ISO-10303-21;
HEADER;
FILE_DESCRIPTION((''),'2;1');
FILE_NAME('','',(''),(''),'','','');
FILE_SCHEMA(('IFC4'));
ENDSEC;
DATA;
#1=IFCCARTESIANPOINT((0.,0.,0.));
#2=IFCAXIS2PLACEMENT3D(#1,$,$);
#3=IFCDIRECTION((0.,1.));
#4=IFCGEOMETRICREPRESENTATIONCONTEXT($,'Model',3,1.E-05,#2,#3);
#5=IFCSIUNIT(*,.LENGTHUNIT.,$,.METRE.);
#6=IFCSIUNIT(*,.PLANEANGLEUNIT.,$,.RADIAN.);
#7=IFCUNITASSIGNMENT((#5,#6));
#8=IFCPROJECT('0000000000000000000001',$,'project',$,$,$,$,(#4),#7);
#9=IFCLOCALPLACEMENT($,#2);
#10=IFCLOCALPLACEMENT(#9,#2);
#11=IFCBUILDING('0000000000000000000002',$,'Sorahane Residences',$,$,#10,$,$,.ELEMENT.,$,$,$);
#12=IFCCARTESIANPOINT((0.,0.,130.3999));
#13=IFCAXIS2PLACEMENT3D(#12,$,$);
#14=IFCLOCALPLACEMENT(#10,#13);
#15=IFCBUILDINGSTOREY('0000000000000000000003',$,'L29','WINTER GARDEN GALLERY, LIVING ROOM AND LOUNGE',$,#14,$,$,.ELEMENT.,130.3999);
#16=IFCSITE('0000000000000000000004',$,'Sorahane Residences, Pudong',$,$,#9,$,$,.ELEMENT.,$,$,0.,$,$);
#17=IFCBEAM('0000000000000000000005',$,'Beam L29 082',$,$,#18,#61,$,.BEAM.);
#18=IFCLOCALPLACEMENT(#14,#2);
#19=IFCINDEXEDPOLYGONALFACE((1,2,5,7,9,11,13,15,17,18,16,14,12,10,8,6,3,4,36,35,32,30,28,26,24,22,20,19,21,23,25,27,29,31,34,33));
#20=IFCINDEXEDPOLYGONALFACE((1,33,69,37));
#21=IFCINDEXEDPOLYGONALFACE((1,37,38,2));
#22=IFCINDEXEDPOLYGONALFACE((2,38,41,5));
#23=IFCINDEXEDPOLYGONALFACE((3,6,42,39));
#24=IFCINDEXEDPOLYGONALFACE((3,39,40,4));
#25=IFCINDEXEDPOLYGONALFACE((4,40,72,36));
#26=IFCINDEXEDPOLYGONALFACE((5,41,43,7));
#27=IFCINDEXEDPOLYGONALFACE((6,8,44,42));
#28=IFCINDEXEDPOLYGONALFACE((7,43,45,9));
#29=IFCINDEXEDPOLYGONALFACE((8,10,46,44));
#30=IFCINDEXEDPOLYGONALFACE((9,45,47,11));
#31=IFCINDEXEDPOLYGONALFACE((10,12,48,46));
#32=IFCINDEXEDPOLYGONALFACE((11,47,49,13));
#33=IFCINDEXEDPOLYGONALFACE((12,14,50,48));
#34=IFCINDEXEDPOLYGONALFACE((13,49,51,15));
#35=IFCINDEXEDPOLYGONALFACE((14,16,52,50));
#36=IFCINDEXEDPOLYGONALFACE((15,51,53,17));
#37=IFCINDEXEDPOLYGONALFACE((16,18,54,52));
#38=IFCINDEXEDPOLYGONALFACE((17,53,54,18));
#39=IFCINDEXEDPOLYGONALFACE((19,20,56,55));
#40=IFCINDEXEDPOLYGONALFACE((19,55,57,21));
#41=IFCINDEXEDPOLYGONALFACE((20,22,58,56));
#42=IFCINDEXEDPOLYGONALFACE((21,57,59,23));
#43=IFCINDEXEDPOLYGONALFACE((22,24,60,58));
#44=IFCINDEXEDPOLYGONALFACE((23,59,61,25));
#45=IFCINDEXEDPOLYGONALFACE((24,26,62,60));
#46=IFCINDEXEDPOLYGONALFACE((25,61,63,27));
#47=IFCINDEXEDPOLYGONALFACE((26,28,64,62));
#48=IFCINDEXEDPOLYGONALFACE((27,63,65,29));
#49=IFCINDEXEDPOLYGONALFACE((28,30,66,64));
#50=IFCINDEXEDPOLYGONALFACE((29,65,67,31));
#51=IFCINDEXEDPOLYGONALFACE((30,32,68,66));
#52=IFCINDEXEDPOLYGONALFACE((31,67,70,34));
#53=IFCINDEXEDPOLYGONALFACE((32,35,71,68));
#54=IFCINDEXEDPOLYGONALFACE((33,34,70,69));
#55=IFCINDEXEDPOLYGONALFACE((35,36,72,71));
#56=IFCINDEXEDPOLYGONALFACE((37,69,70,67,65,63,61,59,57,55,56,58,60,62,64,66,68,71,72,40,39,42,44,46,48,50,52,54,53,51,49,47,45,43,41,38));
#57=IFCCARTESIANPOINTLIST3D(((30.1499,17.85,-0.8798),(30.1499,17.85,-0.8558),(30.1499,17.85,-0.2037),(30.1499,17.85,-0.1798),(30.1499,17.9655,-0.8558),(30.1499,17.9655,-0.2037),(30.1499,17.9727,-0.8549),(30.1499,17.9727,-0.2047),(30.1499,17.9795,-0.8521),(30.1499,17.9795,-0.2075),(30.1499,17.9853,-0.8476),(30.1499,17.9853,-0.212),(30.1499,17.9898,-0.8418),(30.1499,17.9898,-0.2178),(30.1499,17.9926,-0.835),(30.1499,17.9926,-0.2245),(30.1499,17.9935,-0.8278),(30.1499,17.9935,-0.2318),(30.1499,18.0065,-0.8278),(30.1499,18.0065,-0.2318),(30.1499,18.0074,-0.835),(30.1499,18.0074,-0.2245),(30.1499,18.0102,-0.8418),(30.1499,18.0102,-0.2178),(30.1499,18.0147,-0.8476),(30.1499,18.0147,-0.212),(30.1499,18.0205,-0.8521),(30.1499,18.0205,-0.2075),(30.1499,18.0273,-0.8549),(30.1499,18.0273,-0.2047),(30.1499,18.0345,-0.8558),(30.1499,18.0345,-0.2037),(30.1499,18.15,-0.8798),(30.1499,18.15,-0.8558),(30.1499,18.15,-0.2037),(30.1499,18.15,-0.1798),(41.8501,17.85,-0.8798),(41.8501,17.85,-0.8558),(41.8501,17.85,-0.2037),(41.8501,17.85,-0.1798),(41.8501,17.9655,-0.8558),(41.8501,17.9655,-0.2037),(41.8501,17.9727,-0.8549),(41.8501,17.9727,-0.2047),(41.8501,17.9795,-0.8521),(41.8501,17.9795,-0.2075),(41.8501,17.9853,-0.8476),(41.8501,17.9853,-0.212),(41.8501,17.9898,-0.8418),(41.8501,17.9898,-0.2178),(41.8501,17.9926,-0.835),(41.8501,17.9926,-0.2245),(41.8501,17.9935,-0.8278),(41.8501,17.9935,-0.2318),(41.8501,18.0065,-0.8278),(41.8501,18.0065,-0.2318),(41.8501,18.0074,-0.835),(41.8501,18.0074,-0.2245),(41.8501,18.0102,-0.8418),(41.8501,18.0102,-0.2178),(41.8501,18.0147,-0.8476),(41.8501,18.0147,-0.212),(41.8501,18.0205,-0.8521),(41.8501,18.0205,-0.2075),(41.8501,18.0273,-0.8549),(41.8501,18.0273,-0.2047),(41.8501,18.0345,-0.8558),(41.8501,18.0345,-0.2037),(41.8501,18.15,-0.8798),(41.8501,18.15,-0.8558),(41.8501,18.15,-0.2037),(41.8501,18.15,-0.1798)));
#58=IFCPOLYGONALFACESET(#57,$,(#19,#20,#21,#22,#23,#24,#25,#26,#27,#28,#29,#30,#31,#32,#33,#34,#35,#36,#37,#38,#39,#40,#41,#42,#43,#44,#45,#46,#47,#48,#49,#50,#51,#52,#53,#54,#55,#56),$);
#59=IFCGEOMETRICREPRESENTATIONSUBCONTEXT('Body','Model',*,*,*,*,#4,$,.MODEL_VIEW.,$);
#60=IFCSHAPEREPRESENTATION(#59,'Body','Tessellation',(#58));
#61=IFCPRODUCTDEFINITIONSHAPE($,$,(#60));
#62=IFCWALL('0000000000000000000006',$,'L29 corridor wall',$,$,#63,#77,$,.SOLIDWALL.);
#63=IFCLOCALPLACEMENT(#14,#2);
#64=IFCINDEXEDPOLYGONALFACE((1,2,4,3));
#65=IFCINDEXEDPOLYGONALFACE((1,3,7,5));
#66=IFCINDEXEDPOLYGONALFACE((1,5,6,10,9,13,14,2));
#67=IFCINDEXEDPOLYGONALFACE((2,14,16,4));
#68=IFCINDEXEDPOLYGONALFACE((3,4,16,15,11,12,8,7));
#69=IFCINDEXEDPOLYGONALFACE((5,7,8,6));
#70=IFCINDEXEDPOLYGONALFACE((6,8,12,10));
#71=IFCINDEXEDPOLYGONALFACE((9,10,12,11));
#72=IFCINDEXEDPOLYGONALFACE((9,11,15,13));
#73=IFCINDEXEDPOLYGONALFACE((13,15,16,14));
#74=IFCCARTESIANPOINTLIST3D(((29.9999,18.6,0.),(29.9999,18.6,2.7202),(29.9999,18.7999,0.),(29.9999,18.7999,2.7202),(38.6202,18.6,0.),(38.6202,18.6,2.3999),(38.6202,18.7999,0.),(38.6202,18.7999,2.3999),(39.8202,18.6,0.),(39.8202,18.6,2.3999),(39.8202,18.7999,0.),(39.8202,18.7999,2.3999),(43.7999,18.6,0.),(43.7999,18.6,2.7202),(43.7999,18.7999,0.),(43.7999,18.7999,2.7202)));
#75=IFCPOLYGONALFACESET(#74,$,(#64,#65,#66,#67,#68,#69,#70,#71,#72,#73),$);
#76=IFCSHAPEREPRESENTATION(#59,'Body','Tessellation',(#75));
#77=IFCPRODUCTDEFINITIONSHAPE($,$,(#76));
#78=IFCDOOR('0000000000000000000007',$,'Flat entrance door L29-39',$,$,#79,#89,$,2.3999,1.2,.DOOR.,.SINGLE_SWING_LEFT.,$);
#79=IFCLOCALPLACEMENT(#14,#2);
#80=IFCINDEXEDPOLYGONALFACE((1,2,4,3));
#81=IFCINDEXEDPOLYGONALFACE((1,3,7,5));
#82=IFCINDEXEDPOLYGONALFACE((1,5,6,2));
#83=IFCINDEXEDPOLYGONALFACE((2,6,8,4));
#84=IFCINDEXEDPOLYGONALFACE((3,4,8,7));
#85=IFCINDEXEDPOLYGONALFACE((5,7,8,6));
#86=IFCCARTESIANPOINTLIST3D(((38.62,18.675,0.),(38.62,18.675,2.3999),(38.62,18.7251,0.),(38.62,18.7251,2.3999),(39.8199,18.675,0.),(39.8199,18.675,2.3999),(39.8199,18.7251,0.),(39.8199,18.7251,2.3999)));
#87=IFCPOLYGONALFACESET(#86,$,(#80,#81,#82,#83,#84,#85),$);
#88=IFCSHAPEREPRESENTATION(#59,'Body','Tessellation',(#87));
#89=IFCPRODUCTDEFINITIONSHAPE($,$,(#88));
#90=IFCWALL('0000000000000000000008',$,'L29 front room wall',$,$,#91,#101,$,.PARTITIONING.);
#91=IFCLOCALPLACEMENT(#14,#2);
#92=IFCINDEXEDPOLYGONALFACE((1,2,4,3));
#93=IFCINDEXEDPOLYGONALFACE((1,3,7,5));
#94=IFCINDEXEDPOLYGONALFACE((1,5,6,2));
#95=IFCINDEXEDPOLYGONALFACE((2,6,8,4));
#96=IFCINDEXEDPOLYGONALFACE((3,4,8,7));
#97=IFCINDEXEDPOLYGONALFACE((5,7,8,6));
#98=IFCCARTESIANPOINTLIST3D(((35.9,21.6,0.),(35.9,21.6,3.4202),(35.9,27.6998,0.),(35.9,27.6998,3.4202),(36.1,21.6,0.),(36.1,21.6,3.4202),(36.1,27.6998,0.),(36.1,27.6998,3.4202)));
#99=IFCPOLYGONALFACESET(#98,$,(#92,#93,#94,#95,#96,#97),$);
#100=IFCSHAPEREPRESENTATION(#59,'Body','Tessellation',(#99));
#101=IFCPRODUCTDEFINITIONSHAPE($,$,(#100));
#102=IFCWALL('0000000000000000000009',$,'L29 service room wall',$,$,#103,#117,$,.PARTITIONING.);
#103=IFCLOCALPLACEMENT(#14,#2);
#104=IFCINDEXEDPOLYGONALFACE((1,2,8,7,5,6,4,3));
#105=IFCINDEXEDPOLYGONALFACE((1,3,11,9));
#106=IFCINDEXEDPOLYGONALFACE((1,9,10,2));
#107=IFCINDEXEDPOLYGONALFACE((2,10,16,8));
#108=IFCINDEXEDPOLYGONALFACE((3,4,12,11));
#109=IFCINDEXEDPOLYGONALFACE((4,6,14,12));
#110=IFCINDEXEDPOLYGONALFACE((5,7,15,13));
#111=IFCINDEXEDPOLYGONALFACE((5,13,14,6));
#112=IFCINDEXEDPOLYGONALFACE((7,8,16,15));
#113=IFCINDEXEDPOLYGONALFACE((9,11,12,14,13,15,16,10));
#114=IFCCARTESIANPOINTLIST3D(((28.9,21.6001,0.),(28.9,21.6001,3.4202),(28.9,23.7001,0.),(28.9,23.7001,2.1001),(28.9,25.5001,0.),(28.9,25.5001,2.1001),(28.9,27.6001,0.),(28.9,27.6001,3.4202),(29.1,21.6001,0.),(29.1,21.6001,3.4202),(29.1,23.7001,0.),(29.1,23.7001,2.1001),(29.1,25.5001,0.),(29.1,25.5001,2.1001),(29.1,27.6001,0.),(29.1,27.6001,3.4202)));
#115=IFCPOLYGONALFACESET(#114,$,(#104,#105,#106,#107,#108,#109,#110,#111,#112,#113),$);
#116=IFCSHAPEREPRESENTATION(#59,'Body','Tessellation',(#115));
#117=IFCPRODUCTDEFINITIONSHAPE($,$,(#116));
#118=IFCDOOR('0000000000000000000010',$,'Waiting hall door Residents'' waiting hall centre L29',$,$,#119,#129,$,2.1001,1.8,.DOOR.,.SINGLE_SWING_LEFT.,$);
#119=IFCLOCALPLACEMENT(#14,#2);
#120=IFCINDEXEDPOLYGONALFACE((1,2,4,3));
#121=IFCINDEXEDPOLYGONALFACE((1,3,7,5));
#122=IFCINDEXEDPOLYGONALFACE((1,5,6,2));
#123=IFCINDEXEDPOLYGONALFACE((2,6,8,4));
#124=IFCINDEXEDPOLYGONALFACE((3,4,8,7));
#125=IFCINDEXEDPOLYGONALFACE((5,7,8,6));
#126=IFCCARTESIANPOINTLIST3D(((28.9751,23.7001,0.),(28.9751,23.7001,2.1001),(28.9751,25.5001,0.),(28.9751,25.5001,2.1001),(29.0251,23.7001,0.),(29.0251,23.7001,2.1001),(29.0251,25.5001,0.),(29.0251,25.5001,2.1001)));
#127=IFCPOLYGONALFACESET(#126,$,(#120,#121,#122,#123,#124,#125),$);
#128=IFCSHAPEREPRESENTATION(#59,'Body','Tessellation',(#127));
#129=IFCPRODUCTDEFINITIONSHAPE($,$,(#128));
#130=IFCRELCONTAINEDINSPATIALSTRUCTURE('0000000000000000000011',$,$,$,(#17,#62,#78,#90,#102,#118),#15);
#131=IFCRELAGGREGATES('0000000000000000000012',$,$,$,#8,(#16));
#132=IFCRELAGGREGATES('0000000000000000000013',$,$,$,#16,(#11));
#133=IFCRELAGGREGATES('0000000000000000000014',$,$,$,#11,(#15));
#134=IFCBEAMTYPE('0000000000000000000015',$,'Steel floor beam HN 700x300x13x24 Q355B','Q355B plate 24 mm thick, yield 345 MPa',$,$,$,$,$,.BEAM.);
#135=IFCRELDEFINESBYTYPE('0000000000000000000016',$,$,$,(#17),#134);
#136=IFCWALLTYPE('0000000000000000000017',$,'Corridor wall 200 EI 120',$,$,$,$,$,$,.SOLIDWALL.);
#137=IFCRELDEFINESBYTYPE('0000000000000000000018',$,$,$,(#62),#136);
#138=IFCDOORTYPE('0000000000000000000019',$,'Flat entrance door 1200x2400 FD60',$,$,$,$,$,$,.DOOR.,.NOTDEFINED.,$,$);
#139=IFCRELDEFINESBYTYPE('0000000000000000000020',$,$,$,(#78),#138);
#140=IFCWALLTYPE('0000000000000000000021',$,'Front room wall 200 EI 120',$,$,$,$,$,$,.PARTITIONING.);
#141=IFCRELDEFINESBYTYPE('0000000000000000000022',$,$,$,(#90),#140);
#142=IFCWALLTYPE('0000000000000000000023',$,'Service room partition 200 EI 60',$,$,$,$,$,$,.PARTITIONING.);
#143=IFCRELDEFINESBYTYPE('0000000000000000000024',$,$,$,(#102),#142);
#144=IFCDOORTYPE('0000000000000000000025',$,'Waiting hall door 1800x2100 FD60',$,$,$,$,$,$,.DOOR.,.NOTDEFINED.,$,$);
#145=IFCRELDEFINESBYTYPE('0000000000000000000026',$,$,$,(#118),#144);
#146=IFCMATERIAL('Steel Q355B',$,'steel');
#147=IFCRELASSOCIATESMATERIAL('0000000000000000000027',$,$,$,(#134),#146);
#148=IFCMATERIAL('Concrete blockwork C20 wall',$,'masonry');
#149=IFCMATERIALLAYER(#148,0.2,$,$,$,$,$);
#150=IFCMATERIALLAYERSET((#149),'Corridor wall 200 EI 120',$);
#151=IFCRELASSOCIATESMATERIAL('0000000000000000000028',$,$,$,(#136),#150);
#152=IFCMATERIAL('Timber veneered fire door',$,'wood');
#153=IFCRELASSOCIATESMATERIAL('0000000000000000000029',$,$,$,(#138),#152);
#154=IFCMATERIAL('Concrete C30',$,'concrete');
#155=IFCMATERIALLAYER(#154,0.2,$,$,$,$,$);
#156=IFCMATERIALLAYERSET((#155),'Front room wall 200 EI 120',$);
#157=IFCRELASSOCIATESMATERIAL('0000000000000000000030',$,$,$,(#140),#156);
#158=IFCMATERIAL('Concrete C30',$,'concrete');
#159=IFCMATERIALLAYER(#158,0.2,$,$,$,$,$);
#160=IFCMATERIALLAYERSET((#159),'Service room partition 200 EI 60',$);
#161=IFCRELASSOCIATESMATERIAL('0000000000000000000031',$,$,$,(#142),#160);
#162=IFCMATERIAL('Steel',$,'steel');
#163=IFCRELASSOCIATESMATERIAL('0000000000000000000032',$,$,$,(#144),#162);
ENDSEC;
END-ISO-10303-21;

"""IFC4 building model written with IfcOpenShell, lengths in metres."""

from ifc_helpers import new_model, si_unit, direction, frame, frame_2d, origin, origin_2d, place, context, subcontext, project, spatial, rectangle, i_section, extrude, material, layer, layer_set, material_profile, profile_set, type_object, element, fill, save


model = new_model("IFC4")

# Units and contexts
model_context = context("Model", 3, precision=1e-05, world=origin(), true_north=direction((0.0, 1.0)))
body_context = subcontext(model_context, "Body", "Model", "MODEL_VIEW")
ifc_project = project(units=[si_unit("LENGTHUNIT", "METRE"), si_unit("PLANEANGLEUNIT", "RADIAN")], contexts=[model_context])

# Site, building, storey
site_placement = place(None, origin())
site = spatial("IfcSite", under=ifc_project, at=site_placement, Name="Sorahane Residences, Pudong", CompositionType="ELEMENT", RefElevation=0.0)
building_placement = place(site_placement, origin())
building = spatial("IfcBuilding", under=site, at=building_placement, Name="Sorahane Residences", CompositionType="ELEMENT")
storey_placement = place(building_placement, frame((0.0, 0.0, 130.3999)))
storey = spatial("IfcBuildingStorey", under=building, at=storey_placement, Name="L29", Description="WINTER GARDEN GALLERY, LIVING ROOM AND LOUNGE", CompositionType="ELEMENT", Elevation=130.3999)

# Beam
ifc_material_1 = material(Name="Steel Q355B", Category="steel")
ifc_material_profile_1 = material_profile(ifc_material_1, i_section(OverallWidth=0.3, OverallDepth=0.7, WebThickness=0.0129, FlangeThickness=0.0239, FilletRadius=0.0281, at=origin_2d()), Name="HN 700x300x13x24")
ifc_profile_set_1 = profile_set([ifc_material_profile_1], Name="Steel Q355B")
beam_type_1 = type_object("IfcBeamType", Name="Steel floor beam HN 700x300x13x24 Q355B", Description="Q355B plate 24 mm thick, yield 345 MPa", PredefinedType="BEAM", material=ifc_profile_set_1)
beam_1_placement = place(storey_placement, frame((30.1499, 18.0, -0.5298), z_axis=(1.0, 0.0, 0.0), x_axis=(0.0, 1.0, 0.0)))
element("IfcBeam", 1, at=beam_1_placement, inside=storey, type_object=beam_type_1, Name="Beam L29 082", PredefinedType="BEAM", context=body_context, shape_type="SweptSolid", body=[
    extrude(i_section(OverallWidth=0.3, OverallDepth=0.7, WebThickness=0.0129, FlangeThickness=0.0239, FilletRadius=0.0281, at=origin_2d()), origin(), (0.0, 0.0, 1.0), 11.7002),
])

# Wall, opening, door
ifc_material_2 = material(Name="Concrete blockwork C20 wall", Category="masonry")
ifc_layer_1 = layer(ifc_material_2, 0.2)
ifc_layer_set_1 = layer_set([ifc_layer_1], Name="Corridor wall 200 EI 120")
wall_type_1 = type_object("IfcWallType", Name="Corridor wall 200 EI 120", PredefinedType="SOLIDWALL", material=ifc_layer_set_1)
wall_1_placement = place(storey_placement, frame((30.0, 18.7, 0.0), z_axis=(0.0, 0.0, 1.0), x_axis=(1.0, 0.0, 0.0)))
wall_1 = element("IfcWall", 2, at=wall_1_placement, inside=storey, type_object=wall_type_1, Name="L29 corridor wall", PredefinedType="SOLIDWALL", context=body_context, shape_type="SweptSolid", body=[
    extrude(rectangle(XDim=13.8, YDim=0.2, at=frame_2d((6.8999, 0.0))), origin(), (0.0, 0.0, 1.0), 2.7202),
])
opening_1_placement = place(wall_1_placement, frame((8.6201, 0.0, 0.0)))
opening_1 = element("IfcOpeningElement", 3, at=opening_1_placement, cuts=wall_1, PredefinedType="OPENING", context=body_context, shape_type="SweptSolid", body=[
    extrude(rectangle(XDim=1.2, YDim=2.3999, at=frame_2d((0.6001, 1.2))), frame((0.0, 0.1099, 0.0), z_axis=(0.0, -1.0, 0.0), x_axis=(1.0, 0.0, 0.0)), (0.0, 0.0, 1.0), 0.22),
])
ifc_material_3 = material(Name="Timber veneered fire door", Category="wood")
door_type_1 = type_object("IfcDoorType", Name="Flat entrance door 1200x2400 FD60", OperationType="NOTDEFINED", PredefinedType="DOOR", material=ifc_material_3)
door_1_placement = place(opening_1_placement, frame((1.2, 0.0, 0.0), z_axis=(0.0, 0.0, 1.0), x_axis=(-1.0, 0.0, 0.0)))
door_1 = element("IfcDoor", 4, at=door_1_placement, inside=storey, type_object=door_type_1, Name="Flat entrance door L29-39", OperationType="SINGLE_SWING_LEFT", OverallHeight=2.3999, OverallWidth=1.2, PredefinedType="DOOR", context=body_context, shape_type="SweptSolid", body=[
    extrude(rectangle(XDim=1.2, YDim=2.3999, at=frame_2d((0.6001, 1.2))), frame((0.0, 0.0249, 0.0), z_axis=(0.0, -1.0, 0.0), x_axis=(1.0, 0.0, 0.0)), (0.0, 0.0, 1.0), 0.05),
])
fill(opening_1, door_1)

# Wall
ifc_material_4 = material(Name="Concrete C30", Category="concrete")
ifc_layer_2 = layer(ifc_material_4, 0.2)
ifc_layer_set_2 = layer_set([ifc_layer_2], Name="Front room wall 200 EI 120")
wall_type_2 = type_object("IfcWallType", Name="Front room wall 200 EI 120", PredefinedType="PARTITIONING", material=ifc_layer_set_2)
wall_2_placement = place(storey_placement, frame((36.0, 21.6001, 0.0), z_axis=(0.0, 0.0, 1.0), x_axis=(0.0, 1.0, 0.0)))
element("IfcWall", 5, at=wall_2_placement, inside=storey, type_object=wall_type_2, Name="L29 front room wall", PredefinedType="PARTITIONING", context=body_context, shape_type="SweptSolid", body=[
    extrude(rectangle(XDim=6.0999, YDim=0.2, at=frame_2d((3.0498, 0.0))), origin(), (0.0, 0.0, 1.0), 3.4202),
])

# Wall, opening, door
ifc_material_5 = material(Name="Concrete C30", Category="concrete")
ifc_layer_3 = layer(ifc_material_5, 0.2)
ifc_layer_set_3 = layer_set([ifc_layer_3], Name="Service room partition 200 EI 60")
wall_type_3 = type_object("IfcWallType", Name="Service room partition 200 EI 60", PredefinedType="PARTITIONING", material=ifc_layer_set_3)
wall_3_placement = place(storey_placement, frame((29.0, 21.6001, 0.0), z_axis=(0.0, 0.0, 1.0), x_axis=(0.0, 1.0, 0.0)))
wall_3 = element("IfcWall", 6, at=wall_3_placement, inside=storey, type_object=wall_type_3, Name="L29 service room wall", PredefinedType="PARTITIONING", context=body_context, shape_type="SweptSolid", body=[
    extrude(rectangle(XDim=6.0, YDim=0.2, at=frame_2d((3.0, 0.0))), origin(), (0.0, 0.0, 1.0), 3.4202),
])
opening_2_placement = place(wall_3_placement, frame((2.1001, 0.0, 0.0)))
opening_2 = element("IfcOpeningElement", 7, at=opening_2_placement, cuts=wall_3, PredefinedType="OPENING", context=body_context, shape_type="SweptSolid", body=[
    extrude(rectangle(XDim=1.8, YDim=2.1001, at=frame_2d((0.8999, 1.05))), frame((0.0, 0.1099, 0.0), z_axis=(0.0, -1.0, 0.0), x_axis=(1.0, 0.0, 0.0)), (0.0, 0.0, 1.0), 0.22),
])
ifc_material_6 = material(Name="Steel", Category="steel")
door_type_2 = type_object("IfcDoorType", Name="Waiting hall door 1800x2100 FD60", OperationType="NOTDEFINED", PredefinedType="DOOR", material=ifc_material_6)
door_2_placement = place(opening_2_placement, origin())
door_2 = element("IfcDoor", 8, at=door_2_placement, inside=storey, type_object=door_type_2, Name="Waiting hall door Residents' waiting hall centre L29", OperationType="SINGLE_SWING_LEFT", OverallHeight=2.1001, OverallWidth=1.8, PredefinedType="DOOR", context=body_context, shape_type="SweptSolid", body=[
    extrude(rectangle(XDim=1.8, YDim=2.1001, at=frame_2d((0.8999, 1.05))), frame((0.0, 0.0249, 0.0), z_axis=(0.0, -1.0, 0.0), x_axis=(1.0, 0.0, 0.0)), (0.0, 0.0, 1.0), 0.05),
])
fill(opening_2, door_2)

save(model, "model.ifc")
